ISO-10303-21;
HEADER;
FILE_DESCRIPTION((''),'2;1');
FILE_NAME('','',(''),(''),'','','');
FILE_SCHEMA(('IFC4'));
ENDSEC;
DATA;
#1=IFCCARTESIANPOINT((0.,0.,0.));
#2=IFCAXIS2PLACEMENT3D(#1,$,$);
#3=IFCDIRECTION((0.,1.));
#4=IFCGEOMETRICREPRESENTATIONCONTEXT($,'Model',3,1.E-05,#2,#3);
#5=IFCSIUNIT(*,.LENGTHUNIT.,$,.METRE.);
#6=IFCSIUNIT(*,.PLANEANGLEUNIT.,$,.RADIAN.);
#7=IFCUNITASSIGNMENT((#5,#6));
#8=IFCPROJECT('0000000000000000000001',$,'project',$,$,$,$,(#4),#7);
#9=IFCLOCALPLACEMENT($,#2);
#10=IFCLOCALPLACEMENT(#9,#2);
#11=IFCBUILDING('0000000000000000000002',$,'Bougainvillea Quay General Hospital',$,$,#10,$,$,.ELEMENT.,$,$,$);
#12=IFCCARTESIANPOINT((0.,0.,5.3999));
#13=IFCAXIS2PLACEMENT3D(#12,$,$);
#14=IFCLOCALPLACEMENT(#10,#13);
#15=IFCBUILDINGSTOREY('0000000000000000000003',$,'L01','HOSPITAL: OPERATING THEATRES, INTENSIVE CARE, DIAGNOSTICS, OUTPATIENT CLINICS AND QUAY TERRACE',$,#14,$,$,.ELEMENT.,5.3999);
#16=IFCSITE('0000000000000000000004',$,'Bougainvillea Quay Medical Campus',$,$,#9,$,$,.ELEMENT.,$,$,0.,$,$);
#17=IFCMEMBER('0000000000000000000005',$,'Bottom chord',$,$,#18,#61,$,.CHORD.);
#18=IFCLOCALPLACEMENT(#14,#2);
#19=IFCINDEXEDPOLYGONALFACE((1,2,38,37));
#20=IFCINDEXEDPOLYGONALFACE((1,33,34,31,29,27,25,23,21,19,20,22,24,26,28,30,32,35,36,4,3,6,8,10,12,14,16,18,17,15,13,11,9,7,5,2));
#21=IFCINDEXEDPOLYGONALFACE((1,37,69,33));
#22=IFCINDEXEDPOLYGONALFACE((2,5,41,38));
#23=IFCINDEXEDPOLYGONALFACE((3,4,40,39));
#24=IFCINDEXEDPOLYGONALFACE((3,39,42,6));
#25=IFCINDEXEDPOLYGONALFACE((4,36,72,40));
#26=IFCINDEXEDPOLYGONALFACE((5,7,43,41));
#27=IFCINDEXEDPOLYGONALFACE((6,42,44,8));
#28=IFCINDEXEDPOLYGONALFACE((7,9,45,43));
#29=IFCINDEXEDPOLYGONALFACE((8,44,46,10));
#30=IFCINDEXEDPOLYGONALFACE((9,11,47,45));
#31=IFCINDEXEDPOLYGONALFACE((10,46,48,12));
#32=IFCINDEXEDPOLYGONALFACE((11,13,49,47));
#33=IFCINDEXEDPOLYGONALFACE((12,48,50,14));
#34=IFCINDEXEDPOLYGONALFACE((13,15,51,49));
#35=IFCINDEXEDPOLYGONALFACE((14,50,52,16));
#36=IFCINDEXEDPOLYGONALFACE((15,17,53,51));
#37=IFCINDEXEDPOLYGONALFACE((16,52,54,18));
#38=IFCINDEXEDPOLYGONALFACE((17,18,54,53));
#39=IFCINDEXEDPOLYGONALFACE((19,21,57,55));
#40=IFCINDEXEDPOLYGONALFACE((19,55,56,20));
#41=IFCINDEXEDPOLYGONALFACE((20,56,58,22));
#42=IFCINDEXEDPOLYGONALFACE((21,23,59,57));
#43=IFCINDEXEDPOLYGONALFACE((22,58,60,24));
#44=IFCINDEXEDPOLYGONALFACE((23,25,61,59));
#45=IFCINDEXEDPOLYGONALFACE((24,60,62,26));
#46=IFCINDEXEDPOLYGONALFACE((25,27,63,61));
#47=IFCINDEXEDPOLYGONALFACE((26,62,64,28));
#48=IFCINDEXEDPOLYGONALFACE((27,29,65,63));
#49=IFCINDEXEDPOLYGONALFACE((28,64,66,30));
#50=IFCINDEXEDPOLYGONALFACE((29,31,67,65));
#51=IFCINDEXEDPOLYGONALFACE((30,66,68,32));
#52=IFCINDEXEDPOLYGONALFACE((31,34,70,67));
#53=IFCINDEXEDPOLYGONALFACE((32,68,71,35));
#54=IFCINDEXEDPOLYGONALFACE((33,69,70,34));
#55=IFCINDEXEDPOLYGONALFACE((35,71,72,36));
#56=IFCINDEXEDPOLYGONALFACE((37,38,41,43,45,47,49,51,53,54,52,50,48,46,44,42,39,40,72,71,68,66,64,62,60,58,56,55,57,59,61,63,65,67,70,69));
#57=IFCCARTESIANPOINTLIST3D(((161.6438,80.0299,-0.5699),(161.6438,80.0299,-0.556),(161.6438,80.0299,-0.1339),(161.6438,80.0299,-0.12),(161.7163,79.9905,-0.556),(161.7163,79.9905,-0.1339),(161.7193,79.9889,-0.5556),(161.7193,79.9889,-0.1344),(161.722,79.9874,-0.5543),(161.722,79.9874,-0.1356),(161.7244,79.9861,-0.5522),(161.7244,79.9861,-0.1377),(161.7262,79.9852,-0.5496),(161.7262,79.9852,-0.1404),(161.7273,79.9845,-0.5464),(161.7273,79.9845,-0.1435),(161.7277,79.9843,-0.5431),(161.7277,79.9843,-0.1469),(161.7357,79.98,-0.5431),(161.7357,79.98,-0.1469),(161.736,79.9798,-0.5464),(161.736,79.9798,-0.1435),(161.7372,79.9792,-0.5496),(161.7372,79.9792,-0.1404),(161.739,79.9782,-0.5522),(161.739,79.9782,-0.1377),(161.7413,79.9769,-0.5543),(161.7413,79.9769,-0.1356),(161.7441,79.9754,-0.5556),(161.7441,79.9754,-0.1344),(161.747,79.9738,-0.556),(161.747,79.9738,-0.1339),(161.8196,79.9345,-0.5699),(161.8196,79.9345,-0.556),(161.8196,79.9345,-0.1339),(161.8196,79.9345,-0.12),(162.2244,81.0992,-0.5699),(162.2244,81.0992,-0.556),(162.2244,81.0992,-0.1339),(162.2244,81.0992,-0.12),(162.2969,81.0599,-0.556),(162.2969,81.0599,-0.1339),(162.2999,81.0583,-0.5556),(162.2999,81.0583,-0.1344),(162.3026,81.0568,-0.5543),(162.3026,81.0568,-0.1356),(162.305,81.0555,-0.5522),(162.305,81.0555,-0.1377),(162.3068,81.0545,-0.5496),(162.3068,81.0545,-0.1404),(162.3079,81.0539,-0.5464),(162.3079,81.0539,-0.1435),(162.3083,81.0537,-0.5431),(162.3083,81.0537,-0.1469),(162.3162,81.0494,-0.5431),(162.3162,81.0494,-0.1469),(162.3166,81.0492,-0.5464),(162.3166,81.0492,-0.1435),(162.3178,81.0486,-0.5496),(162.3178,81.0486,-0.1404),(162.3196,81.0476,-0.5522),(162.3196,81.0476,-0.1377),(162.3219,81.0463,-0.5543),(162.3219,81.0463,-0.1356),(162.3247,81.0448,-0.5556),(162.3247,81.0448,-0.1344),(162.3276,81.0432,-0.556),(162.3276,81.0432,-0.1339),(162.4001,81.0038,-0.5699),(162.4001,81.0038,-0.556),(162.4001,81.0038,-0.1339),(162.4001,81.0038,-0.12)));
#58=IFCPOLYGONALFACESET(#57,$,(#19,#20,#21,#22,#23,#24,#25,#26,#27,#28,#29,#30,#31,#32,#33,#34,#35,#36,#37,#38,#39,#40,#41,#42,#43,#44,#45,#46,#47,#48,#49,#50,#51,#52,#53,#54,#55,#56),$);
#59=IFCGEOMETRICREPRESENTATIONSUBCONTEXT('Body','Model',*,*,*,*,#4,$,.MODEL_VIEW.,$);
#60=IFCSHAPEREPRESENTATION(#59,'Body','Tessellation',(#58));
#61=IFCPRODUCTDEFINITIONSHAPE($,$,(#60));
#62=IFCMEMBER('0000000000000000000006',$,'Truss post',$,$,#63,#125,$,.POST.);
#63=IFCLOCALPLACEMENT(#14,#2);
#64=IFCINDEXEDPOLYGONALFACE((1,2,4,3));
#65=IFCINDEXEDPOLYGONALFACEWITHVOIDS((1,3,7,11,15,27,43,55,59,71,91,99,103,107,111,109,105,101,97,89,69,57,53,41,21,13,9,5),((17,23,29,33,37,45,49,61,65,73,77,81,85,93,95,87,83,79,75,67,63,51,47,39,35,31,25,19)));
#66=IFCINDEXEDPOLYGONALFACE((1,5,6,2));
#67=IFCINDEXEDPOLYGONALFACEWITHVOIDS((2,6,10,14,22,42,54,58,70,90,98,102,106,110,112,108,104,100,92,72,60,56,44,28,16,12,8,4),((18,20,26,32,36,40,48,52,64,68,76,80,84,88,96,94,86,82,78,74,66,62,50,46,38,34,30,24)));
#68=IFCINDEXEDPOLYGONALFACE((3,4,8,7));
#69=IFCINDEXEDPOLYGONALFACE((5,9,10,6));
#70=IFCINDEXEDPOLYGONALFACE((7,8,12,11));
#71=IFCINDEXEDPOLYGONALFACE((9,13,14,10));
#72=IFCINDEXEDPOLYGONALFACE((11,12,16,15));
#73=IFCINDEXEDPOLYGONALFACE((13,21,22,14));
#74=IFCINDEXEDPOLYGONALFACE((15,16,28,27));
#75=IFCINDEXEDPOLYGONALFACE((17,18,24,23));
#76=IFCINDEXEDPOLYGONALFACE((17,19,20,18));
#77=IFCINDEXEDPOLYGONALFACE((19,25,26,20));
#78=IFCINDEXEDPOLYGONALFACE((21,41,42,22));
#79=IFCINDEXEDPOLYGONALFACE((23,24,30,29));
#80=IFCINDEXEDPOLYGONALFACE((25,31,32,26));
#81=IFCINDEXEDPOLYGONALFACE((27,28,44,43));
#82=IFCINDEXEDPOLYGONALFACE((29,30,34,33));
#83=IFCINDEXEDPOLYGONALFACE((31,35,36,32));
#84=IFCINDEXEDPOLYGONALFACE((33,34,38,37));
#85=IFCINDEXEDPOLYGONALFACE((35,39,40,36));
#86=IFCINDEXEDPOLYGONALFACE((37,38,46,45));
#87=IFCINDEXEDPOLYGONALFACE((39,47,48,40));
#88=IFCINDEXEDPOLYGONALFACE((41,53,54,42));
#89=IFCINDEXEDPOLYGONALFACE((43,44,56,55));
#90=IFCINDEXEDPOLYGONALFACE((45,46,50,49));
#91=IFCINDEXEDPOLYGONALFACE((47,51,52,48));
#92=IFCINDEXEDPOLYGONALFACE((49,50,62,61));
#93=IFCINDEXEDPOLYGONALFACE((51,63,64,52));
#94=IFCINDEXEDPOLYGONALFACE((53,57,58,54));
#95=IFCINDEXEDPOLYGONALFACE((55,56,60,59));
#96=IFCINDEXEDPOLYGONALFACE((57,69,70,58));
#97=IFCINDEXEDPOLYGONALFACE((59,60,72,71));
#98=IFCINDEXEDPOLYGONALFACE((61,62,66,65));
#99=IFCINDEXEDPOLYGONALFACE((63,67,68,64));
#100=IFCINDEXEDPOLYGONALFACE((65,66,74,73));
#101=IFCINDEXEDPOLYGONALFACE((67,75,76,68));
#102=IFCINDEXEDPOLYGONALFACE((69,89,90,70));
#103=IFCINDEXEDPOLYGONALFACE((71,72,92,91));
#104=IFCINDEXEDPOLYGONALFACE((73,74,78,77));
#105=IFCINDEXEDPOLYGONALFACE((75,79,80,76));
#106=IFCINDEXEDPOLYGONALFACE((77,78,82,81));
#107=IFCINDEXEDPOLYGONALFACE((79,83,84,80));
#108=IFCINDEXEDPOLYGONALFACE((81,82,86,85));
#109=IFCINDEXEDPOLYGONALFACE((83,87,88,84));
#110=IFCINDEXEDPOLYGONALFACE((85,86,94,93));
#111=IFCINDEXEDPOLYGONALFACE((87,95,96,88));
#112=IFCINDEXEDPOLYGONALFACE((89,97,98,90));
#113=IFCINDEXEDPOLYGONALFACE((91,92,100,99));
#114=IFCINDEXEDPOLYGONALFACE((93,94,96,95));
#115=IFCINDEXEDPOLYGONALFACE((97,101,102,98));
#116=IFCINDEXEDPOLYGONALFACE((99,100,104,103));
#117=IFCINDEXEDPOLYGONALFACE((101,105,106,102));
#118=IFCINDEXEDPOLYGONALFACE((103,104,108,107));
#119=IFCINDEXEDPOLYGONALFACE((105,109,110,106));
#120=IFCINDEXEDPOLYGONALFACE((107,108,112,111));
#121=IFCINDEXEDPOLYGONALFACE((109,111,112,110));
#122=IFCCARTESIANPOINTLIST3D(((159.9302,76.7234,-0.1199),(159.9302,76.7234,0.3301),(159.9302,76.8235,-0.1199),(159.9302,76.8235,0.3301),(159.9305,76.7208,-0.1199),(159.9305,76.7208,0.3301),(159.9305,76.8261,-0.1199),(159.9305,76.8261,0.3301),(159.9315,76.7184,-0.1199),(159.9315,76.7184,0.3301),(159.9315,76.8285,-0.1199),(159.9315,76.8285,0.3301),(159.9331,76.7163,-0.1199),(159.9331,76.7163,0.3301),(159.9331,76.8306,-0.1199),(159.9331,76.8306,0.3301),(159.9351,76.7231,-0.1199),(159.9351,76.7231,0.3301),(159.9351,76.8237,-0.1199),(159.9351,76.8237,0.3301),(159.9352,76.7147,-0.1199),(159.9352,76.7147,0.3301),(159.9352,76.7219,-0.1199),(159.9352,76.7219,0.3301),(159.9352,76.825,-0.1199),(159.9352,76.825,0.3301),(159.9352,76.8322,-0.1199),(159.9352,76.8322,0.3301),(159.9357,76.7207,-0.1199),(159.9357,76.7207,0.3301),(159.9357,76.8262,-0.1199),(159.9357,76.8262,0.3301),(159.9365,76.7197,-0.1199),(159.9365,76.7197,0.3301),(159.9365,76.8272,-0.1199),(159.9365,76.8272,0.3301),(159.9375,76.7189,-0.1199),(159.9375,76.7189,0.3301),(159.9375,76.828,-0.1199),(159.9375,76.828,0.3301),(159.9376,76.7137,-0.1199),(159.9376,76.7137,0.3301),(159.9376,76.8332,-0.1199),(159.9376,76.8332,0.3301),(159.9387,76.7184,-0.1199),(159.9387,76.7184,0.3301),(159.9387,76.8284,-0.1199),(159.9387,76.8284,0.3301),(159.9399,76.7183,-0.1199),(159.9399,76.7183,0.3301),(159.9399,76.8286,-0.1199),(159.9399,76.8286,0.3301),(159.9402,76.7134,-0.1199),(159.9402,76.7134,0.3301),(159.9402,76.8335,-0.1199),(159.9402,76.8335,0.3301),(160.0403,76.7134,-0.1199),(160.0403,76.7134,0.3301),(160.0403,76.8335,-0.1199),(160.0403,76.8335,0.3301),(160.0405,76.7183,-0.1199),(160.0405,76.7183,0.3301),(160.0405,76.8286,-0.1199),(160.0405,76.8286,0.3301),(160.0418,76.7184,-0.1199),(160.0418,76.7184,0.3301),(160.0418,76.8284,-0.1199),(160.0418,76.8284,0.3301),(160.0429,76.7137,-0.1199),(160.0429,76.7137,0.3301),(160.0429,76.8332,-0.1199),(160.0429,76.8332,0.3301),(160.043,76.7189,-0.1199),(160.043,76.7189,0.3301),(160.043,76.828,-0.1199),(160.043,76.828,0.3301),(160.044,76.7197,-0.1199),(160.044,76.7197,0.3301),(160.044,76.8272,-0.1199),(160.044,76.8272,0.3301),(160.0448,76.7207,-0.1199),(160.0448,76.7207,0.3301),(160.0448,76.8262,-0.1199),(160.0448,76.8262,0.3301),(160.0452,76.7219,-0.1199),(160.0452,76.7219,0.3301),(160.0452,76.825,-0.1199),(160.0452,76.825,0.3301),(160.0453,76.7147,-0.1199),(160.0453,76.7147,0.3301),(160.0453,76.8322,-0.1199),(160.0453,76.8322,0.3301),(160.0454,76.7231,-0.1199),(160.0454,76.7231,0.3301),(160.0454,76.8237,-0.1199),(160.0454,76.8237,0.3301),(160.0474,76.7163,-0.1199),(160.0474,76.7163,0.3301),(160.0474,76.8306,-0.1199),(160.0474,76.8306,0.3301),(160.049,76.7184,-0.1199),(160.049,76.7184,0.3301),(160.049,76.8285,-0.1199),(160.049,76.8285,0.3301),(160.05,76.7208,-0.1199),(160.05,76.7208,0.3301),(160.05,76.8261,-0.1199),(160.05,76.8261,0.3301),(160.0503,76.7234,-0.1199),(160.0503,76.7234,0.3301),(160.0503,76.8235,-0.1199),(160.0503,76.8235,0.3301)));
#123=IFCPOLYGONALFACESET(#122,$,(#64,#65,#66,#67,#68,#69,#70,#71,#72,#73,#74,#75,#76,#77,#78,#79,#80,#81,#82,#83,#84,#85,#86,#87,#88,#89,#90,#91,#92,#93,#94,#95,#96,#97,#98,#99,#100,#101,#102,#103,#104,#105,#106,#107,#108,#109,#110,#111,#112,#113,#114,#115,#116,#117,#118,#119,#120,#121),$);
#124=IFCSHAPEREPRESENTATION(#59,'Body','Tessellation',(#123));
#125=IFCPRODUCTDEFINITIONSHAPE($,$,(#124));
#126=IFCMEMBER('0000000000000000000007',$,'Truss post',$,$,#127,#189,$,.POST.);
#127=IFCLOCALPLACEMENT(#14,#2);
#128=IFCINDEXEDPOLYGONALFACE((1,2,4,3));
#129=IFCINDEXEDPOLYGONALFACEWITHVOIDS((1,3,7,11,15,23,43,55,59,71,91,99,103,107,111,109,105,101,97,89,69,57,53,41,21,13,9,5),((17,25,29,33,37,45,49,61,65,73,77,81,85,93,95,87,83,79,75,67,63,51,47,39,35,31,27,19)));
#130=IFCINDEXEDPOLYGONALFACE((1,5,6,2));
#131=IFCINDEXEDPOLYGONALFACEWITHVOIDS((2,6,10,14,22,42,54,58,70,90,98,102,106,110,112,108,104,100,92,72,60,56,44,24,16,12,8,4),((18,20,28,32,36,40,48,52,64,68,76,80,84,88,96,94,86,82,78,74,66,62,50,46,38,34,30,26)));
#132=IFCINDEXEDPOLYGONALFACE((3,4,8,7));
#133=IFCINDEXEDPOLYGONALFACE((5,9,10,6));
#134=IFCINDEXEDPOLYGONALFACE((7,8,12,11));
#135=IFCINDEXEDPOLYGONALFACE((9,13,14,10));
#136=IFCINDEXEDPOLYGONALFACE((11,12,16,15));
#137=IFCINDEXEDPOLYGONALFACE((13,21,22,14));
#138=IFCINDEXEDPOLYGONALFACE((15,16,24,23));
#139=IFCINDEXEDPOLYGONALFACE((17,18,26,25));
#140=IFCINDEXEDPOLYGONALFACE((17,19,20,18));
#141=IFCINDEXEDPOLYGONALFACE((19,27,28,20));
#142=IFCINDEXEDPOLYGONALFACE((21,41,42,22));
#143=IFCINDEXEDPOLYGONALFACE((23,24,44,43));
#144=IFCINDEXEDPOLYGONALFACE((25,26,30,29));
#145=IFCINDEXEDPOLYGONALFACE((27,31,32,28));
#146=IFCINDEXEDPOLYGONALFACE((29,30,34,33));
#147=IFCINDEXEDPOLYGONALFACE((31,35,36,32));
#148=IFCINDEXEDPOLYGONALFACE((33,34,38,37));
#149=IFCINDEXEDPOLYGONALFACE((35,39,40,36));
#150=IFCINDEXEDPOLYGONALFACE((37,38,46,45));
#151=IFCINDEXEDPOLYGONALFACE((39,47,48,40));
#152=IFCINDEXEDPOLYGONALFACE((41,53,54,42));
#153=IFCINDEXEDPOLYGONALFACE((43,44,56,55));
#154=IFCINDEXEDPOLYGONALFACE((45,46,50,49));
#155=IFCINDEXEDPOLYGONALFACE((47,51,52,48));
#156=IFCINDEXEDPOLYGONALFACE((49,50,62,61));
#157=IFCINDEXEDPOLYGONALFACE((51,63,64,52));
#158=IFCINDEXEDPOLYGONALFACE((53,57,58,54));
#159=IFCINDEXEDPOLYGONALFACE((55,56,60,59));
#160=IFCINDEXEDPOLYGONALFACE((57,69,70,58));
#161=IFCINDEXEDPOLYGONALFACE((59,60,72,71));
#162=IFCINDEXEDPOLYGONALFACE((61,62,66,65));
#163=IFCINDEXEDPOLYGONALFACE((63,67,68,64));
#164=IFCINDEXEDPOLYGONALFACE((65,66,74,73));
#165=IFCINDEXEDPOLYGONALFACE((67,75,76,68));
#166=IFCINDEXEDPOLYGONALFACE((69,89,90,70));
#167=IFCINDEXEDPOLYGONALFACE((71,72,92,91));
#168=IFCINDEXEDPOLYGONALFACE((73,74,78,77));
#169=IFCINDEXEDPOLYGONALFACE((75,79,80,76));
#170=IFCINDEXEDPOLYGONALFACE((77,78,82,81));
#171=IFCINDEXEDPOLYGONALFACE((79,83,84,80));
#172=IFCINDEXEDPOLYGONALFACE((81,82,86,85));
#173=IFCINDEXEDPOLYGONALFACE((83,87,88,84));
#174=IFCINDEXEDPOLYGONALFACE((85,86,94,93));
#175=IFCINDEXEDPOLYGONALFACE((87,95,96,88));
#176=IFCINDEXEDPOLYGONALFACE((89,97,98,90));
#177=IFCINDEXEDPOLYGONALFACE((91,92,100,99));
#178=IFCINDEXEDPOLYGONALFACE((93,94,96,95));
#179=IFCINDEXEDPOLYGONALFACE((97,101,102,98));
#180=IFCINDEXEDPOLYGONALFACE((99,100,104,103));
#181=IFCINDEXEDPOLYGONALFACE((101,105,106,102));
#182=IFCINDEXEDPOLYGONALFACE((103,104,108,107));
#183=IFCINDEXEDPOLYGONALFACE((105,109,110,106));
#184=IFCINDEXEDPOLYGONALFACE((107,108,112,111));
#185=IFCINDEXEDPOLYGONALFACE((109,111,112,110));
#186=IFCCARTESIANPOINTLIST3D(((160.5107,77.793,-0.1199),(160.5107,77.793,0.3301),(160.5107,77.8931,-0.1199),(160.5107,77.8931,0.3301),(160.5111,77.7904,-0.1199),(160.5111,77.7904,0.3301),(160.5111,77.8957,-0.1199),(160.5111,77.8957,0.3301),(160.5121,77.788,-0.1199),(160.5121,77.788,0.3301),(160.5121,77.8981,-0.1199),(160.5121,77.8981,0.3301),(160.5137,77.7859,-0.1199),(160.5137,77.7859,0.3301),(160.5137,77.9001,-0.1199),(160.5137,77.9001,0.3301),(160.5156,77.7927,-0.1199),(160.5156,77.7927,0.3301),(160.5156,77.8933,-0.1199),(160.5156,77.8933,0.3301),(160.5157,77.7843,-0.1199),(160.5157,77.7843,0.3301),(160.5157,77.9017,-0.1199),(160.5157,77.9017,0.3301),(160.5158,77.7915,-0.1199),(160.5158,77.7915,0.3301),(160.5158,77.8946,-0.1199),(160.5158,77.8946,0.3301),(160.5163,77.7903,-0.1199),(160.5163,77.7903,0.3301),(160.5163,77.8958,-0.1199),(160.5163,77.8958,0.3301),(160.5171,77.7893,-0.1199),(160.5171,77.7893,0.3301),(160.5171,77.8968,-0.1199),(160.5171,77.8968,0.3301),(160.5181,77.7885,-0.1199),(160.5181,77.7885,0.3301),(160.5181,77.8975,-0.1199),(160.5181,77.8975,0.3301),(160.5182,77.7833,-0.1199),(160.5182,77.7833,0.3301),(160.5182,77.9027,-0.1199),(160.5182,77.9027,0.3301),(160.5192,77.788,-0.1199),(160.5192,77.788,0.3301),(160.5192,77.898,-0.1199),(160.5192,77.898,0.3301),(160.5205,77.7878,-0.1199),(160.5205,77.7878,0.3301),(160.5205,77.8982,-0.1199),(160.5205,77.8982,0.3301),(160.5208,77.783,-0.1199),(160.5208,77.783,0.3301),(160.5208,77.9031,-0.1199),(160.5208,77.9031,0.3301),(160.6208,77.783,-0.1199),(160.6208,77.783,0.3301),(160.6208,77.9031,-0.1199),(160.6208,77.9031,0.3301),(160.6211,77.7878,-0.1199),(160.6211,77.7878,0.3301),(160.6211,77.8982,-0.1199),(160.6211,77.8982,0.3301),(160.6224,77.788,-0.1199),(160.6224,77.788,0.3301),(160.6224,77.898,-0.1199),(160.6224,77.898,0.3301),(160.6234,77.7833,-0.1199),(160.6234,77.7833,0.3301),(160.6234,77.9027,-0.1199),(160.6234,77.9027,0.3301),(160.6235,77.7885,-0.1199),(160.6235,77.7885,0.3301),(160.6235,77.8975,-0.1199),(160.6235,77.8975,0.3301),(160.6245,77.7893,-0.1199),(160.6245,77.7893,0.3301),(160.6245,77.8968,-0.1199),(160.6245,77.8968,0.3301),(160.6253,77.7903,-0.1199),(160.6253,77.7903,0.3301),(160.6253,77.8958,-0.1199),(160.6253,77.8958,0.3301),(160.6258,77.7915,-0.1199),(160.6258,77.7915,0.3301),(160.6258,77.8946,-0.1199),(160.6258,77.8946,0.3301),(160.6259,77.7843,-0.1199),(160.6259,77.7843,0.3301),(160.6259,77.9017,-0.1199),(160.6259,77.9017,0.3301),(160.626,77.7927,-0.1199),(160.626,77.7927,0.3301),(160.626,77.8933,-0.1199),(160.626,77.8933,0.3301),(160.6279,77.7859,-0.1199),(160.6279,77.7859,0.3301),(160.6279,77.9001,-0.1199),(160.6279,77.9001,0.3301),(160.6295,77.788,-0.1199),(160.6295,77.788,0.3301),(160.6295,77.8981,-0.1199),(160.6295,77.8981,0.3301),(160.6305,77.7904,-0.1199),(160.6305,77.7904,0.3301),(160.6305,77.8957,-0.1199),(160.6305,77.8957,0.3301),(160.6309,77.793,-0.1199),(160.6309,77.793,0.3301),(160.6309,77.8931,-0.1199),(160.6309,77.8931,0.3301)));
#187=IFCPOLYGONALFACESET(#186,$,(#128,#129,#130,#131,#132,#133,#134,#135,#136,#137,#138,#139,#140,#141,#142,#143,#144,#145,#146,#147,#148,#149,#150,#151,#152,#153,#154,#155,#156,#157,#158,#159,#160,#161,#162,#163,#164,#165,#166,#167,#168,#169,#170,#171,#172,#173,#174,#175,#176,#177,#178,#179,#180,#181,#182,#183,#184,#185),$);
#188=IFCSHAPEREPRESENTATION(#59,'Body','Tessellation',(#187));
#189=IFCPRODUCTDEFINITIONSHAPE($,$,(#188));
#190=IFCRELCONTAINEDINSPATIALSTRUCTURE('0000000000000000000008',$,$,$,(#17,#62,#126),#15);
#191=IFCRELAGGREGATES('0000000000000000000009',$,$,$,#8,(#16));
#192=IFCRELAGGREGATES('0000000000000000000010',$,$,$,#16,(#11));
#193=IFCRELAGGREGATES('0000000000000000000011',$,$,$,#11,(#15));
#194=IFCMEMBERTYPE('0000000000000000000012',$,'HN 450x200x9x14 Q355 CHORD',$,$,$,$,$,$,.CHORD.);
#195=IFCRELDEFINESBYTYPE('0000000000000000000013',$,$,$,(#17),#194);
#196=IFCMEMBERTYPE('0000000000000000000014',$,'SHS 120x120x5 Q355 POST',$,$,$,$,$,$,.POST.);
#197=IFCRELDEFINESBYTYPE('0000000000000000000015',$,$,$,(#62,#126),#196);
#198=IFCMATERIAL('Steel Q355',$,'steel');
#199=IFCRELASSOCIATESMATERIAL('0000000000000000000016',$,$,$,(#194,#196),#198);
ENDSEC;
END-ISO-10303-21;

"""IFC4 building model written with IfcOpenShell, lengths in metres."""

from ifc_helpers import new_model, si_unit, direction, frame, origin, origin_2d, place, context, subcontext, project, spatial, hollow_rectangle, i_section, extrude, material, material_profile, profile_set, type_object, element, save


model = new_model("IFC4")

# Units and contexts
model_context = context("Model", 3, precision=1e-05, world=origin(), true_north=direction((0.0, 1.0)))
body_context = subcontext(model_context, "Body", "Model", "MODEL_VIEW")
ifc_project = project(units=[si_unit("LENGTHUNIT", "METRE"), si_unit("PLANEANGLEUNIT", "RADIAN")], contexts=[model_context])

# Site, building, storey
site_placement = place(None, origin())
site = spatial("IfcSite", under=ifc_project, at=site_placement, Name="Bougainvillea Quay Medical Campus", CompositionType="ELEMENT", RefElevation=0.0)
building_placement = place(site_placement, origin())
building = spatial("IfcBuilding", under=site, at=building_placement, Name="Bougainvillea Quay General Hospital", CompositionType="ELEMENT")
storey_placement = place(building_placement, frame((0.0, 0.0, 5.3999)))
storey = spatial("IfcBuildingStorey", under=building, at=storey_placement, Name="L01", Description="HOSPITAL: OPERATING THEATRES, INTENSIVE CARE, DIAGNOSTICS, OUTPATIENT CLINICS AND QUAY TERRACE", CompositionType="ELEMENT", Elevation=5.3999)

# Members
ifc_material_1 = material(Name="Steel Q355", Category="steel")
ifc_material_profile_1 = material_profile(ifc_material_1, i_section(OverallWidth=0.2, OverallDepth=0.45, WebThickness=0.009, FlangeThickness=0.0139, FilletRadius=0.0129, at=origin_2d()))
ifc_profile_set_1 = profile_set([ifc_material_profile_1], Name="Steel Q355")
member_type_1 = type_object("IfcMemberType", Name="HN 450x200x9x14 Q355 CHORD", PredefinedType="CHORD", material=ifc_profile_set_1)
for number, where, z_axis, x_axis, name in (
    (1, (161.7317, 79.9822, -0.345), (0.477136, 0.878829, 0.0), (-0.878829, 0.477136, 0.0), "Bottom chord"),
):
    element("IfcMember", number, at=place(storey_placement, frame(where, z_axis=z_axis, x_axis=x_axis)), inside=storey, type_object=member_type_1, Name=name, PredefinedType="CHORD", context=body_context, shape_type="SweptSolid", body=[
        extrude(i_section(OverallWidth=0.2, OverallDepth=0.45, WebThickness=0.009, FlangeThickness=0.0139, FilletRadius=0.0129, at=origin_2d()), origin(), (0.0, 0.0, 1.0), 1.2168),
    ])
ifc_material_profile_2 = material_profile(ifc_material_1, hollow_rectangle(XDim=0.1201, YDim=0.1201, WallThickness=0.0049, InnerFilletRadius=0.0049, OuterFilletRadius=0.01, at=origin_2d()))
ifc_profile_set_2 = profile_set([ifc_material_profile_2], Name="Steel Q355")
member_type_2 = type_object("IfcMemberType", Name="SHS 120x120x5 Q355 POST", PredefinedType="POST", material=ifc_profile_set_2)
for number, where, z_axis, x_axis, name in (
    (2, (159.9902, 76.7734, -0.1199), (0.0, 0.0, 1.0), (1.0, 0.0, 0.0), "Truss post"),
    (3, (160.5708, 77.843, -0.1199), (0.0, 0.0, 1.0), (1.0, 0.0, 0.0), "Truss post"),
):
    element("IfcMember", number, at=place(storey_placement, frame(where, z_axis=z_axis, x_axis=x_axis)), inside=storey, type_object=member_type_2, Name=name, PredefinedType="POST", context=body_context, shape_type="SweptSolid", body=[
        extrude(hollow_rectangle(XDim=0.1201, YDim=0.1201, WallThickness=0.0049, InnerFilletRadius=0.0049, OuterFilletRadius=0.01, at=origin_2d()), origin(), (0.0, 0.0, 1.0), 0.45),
    ])

save(model, "model.ifc")
